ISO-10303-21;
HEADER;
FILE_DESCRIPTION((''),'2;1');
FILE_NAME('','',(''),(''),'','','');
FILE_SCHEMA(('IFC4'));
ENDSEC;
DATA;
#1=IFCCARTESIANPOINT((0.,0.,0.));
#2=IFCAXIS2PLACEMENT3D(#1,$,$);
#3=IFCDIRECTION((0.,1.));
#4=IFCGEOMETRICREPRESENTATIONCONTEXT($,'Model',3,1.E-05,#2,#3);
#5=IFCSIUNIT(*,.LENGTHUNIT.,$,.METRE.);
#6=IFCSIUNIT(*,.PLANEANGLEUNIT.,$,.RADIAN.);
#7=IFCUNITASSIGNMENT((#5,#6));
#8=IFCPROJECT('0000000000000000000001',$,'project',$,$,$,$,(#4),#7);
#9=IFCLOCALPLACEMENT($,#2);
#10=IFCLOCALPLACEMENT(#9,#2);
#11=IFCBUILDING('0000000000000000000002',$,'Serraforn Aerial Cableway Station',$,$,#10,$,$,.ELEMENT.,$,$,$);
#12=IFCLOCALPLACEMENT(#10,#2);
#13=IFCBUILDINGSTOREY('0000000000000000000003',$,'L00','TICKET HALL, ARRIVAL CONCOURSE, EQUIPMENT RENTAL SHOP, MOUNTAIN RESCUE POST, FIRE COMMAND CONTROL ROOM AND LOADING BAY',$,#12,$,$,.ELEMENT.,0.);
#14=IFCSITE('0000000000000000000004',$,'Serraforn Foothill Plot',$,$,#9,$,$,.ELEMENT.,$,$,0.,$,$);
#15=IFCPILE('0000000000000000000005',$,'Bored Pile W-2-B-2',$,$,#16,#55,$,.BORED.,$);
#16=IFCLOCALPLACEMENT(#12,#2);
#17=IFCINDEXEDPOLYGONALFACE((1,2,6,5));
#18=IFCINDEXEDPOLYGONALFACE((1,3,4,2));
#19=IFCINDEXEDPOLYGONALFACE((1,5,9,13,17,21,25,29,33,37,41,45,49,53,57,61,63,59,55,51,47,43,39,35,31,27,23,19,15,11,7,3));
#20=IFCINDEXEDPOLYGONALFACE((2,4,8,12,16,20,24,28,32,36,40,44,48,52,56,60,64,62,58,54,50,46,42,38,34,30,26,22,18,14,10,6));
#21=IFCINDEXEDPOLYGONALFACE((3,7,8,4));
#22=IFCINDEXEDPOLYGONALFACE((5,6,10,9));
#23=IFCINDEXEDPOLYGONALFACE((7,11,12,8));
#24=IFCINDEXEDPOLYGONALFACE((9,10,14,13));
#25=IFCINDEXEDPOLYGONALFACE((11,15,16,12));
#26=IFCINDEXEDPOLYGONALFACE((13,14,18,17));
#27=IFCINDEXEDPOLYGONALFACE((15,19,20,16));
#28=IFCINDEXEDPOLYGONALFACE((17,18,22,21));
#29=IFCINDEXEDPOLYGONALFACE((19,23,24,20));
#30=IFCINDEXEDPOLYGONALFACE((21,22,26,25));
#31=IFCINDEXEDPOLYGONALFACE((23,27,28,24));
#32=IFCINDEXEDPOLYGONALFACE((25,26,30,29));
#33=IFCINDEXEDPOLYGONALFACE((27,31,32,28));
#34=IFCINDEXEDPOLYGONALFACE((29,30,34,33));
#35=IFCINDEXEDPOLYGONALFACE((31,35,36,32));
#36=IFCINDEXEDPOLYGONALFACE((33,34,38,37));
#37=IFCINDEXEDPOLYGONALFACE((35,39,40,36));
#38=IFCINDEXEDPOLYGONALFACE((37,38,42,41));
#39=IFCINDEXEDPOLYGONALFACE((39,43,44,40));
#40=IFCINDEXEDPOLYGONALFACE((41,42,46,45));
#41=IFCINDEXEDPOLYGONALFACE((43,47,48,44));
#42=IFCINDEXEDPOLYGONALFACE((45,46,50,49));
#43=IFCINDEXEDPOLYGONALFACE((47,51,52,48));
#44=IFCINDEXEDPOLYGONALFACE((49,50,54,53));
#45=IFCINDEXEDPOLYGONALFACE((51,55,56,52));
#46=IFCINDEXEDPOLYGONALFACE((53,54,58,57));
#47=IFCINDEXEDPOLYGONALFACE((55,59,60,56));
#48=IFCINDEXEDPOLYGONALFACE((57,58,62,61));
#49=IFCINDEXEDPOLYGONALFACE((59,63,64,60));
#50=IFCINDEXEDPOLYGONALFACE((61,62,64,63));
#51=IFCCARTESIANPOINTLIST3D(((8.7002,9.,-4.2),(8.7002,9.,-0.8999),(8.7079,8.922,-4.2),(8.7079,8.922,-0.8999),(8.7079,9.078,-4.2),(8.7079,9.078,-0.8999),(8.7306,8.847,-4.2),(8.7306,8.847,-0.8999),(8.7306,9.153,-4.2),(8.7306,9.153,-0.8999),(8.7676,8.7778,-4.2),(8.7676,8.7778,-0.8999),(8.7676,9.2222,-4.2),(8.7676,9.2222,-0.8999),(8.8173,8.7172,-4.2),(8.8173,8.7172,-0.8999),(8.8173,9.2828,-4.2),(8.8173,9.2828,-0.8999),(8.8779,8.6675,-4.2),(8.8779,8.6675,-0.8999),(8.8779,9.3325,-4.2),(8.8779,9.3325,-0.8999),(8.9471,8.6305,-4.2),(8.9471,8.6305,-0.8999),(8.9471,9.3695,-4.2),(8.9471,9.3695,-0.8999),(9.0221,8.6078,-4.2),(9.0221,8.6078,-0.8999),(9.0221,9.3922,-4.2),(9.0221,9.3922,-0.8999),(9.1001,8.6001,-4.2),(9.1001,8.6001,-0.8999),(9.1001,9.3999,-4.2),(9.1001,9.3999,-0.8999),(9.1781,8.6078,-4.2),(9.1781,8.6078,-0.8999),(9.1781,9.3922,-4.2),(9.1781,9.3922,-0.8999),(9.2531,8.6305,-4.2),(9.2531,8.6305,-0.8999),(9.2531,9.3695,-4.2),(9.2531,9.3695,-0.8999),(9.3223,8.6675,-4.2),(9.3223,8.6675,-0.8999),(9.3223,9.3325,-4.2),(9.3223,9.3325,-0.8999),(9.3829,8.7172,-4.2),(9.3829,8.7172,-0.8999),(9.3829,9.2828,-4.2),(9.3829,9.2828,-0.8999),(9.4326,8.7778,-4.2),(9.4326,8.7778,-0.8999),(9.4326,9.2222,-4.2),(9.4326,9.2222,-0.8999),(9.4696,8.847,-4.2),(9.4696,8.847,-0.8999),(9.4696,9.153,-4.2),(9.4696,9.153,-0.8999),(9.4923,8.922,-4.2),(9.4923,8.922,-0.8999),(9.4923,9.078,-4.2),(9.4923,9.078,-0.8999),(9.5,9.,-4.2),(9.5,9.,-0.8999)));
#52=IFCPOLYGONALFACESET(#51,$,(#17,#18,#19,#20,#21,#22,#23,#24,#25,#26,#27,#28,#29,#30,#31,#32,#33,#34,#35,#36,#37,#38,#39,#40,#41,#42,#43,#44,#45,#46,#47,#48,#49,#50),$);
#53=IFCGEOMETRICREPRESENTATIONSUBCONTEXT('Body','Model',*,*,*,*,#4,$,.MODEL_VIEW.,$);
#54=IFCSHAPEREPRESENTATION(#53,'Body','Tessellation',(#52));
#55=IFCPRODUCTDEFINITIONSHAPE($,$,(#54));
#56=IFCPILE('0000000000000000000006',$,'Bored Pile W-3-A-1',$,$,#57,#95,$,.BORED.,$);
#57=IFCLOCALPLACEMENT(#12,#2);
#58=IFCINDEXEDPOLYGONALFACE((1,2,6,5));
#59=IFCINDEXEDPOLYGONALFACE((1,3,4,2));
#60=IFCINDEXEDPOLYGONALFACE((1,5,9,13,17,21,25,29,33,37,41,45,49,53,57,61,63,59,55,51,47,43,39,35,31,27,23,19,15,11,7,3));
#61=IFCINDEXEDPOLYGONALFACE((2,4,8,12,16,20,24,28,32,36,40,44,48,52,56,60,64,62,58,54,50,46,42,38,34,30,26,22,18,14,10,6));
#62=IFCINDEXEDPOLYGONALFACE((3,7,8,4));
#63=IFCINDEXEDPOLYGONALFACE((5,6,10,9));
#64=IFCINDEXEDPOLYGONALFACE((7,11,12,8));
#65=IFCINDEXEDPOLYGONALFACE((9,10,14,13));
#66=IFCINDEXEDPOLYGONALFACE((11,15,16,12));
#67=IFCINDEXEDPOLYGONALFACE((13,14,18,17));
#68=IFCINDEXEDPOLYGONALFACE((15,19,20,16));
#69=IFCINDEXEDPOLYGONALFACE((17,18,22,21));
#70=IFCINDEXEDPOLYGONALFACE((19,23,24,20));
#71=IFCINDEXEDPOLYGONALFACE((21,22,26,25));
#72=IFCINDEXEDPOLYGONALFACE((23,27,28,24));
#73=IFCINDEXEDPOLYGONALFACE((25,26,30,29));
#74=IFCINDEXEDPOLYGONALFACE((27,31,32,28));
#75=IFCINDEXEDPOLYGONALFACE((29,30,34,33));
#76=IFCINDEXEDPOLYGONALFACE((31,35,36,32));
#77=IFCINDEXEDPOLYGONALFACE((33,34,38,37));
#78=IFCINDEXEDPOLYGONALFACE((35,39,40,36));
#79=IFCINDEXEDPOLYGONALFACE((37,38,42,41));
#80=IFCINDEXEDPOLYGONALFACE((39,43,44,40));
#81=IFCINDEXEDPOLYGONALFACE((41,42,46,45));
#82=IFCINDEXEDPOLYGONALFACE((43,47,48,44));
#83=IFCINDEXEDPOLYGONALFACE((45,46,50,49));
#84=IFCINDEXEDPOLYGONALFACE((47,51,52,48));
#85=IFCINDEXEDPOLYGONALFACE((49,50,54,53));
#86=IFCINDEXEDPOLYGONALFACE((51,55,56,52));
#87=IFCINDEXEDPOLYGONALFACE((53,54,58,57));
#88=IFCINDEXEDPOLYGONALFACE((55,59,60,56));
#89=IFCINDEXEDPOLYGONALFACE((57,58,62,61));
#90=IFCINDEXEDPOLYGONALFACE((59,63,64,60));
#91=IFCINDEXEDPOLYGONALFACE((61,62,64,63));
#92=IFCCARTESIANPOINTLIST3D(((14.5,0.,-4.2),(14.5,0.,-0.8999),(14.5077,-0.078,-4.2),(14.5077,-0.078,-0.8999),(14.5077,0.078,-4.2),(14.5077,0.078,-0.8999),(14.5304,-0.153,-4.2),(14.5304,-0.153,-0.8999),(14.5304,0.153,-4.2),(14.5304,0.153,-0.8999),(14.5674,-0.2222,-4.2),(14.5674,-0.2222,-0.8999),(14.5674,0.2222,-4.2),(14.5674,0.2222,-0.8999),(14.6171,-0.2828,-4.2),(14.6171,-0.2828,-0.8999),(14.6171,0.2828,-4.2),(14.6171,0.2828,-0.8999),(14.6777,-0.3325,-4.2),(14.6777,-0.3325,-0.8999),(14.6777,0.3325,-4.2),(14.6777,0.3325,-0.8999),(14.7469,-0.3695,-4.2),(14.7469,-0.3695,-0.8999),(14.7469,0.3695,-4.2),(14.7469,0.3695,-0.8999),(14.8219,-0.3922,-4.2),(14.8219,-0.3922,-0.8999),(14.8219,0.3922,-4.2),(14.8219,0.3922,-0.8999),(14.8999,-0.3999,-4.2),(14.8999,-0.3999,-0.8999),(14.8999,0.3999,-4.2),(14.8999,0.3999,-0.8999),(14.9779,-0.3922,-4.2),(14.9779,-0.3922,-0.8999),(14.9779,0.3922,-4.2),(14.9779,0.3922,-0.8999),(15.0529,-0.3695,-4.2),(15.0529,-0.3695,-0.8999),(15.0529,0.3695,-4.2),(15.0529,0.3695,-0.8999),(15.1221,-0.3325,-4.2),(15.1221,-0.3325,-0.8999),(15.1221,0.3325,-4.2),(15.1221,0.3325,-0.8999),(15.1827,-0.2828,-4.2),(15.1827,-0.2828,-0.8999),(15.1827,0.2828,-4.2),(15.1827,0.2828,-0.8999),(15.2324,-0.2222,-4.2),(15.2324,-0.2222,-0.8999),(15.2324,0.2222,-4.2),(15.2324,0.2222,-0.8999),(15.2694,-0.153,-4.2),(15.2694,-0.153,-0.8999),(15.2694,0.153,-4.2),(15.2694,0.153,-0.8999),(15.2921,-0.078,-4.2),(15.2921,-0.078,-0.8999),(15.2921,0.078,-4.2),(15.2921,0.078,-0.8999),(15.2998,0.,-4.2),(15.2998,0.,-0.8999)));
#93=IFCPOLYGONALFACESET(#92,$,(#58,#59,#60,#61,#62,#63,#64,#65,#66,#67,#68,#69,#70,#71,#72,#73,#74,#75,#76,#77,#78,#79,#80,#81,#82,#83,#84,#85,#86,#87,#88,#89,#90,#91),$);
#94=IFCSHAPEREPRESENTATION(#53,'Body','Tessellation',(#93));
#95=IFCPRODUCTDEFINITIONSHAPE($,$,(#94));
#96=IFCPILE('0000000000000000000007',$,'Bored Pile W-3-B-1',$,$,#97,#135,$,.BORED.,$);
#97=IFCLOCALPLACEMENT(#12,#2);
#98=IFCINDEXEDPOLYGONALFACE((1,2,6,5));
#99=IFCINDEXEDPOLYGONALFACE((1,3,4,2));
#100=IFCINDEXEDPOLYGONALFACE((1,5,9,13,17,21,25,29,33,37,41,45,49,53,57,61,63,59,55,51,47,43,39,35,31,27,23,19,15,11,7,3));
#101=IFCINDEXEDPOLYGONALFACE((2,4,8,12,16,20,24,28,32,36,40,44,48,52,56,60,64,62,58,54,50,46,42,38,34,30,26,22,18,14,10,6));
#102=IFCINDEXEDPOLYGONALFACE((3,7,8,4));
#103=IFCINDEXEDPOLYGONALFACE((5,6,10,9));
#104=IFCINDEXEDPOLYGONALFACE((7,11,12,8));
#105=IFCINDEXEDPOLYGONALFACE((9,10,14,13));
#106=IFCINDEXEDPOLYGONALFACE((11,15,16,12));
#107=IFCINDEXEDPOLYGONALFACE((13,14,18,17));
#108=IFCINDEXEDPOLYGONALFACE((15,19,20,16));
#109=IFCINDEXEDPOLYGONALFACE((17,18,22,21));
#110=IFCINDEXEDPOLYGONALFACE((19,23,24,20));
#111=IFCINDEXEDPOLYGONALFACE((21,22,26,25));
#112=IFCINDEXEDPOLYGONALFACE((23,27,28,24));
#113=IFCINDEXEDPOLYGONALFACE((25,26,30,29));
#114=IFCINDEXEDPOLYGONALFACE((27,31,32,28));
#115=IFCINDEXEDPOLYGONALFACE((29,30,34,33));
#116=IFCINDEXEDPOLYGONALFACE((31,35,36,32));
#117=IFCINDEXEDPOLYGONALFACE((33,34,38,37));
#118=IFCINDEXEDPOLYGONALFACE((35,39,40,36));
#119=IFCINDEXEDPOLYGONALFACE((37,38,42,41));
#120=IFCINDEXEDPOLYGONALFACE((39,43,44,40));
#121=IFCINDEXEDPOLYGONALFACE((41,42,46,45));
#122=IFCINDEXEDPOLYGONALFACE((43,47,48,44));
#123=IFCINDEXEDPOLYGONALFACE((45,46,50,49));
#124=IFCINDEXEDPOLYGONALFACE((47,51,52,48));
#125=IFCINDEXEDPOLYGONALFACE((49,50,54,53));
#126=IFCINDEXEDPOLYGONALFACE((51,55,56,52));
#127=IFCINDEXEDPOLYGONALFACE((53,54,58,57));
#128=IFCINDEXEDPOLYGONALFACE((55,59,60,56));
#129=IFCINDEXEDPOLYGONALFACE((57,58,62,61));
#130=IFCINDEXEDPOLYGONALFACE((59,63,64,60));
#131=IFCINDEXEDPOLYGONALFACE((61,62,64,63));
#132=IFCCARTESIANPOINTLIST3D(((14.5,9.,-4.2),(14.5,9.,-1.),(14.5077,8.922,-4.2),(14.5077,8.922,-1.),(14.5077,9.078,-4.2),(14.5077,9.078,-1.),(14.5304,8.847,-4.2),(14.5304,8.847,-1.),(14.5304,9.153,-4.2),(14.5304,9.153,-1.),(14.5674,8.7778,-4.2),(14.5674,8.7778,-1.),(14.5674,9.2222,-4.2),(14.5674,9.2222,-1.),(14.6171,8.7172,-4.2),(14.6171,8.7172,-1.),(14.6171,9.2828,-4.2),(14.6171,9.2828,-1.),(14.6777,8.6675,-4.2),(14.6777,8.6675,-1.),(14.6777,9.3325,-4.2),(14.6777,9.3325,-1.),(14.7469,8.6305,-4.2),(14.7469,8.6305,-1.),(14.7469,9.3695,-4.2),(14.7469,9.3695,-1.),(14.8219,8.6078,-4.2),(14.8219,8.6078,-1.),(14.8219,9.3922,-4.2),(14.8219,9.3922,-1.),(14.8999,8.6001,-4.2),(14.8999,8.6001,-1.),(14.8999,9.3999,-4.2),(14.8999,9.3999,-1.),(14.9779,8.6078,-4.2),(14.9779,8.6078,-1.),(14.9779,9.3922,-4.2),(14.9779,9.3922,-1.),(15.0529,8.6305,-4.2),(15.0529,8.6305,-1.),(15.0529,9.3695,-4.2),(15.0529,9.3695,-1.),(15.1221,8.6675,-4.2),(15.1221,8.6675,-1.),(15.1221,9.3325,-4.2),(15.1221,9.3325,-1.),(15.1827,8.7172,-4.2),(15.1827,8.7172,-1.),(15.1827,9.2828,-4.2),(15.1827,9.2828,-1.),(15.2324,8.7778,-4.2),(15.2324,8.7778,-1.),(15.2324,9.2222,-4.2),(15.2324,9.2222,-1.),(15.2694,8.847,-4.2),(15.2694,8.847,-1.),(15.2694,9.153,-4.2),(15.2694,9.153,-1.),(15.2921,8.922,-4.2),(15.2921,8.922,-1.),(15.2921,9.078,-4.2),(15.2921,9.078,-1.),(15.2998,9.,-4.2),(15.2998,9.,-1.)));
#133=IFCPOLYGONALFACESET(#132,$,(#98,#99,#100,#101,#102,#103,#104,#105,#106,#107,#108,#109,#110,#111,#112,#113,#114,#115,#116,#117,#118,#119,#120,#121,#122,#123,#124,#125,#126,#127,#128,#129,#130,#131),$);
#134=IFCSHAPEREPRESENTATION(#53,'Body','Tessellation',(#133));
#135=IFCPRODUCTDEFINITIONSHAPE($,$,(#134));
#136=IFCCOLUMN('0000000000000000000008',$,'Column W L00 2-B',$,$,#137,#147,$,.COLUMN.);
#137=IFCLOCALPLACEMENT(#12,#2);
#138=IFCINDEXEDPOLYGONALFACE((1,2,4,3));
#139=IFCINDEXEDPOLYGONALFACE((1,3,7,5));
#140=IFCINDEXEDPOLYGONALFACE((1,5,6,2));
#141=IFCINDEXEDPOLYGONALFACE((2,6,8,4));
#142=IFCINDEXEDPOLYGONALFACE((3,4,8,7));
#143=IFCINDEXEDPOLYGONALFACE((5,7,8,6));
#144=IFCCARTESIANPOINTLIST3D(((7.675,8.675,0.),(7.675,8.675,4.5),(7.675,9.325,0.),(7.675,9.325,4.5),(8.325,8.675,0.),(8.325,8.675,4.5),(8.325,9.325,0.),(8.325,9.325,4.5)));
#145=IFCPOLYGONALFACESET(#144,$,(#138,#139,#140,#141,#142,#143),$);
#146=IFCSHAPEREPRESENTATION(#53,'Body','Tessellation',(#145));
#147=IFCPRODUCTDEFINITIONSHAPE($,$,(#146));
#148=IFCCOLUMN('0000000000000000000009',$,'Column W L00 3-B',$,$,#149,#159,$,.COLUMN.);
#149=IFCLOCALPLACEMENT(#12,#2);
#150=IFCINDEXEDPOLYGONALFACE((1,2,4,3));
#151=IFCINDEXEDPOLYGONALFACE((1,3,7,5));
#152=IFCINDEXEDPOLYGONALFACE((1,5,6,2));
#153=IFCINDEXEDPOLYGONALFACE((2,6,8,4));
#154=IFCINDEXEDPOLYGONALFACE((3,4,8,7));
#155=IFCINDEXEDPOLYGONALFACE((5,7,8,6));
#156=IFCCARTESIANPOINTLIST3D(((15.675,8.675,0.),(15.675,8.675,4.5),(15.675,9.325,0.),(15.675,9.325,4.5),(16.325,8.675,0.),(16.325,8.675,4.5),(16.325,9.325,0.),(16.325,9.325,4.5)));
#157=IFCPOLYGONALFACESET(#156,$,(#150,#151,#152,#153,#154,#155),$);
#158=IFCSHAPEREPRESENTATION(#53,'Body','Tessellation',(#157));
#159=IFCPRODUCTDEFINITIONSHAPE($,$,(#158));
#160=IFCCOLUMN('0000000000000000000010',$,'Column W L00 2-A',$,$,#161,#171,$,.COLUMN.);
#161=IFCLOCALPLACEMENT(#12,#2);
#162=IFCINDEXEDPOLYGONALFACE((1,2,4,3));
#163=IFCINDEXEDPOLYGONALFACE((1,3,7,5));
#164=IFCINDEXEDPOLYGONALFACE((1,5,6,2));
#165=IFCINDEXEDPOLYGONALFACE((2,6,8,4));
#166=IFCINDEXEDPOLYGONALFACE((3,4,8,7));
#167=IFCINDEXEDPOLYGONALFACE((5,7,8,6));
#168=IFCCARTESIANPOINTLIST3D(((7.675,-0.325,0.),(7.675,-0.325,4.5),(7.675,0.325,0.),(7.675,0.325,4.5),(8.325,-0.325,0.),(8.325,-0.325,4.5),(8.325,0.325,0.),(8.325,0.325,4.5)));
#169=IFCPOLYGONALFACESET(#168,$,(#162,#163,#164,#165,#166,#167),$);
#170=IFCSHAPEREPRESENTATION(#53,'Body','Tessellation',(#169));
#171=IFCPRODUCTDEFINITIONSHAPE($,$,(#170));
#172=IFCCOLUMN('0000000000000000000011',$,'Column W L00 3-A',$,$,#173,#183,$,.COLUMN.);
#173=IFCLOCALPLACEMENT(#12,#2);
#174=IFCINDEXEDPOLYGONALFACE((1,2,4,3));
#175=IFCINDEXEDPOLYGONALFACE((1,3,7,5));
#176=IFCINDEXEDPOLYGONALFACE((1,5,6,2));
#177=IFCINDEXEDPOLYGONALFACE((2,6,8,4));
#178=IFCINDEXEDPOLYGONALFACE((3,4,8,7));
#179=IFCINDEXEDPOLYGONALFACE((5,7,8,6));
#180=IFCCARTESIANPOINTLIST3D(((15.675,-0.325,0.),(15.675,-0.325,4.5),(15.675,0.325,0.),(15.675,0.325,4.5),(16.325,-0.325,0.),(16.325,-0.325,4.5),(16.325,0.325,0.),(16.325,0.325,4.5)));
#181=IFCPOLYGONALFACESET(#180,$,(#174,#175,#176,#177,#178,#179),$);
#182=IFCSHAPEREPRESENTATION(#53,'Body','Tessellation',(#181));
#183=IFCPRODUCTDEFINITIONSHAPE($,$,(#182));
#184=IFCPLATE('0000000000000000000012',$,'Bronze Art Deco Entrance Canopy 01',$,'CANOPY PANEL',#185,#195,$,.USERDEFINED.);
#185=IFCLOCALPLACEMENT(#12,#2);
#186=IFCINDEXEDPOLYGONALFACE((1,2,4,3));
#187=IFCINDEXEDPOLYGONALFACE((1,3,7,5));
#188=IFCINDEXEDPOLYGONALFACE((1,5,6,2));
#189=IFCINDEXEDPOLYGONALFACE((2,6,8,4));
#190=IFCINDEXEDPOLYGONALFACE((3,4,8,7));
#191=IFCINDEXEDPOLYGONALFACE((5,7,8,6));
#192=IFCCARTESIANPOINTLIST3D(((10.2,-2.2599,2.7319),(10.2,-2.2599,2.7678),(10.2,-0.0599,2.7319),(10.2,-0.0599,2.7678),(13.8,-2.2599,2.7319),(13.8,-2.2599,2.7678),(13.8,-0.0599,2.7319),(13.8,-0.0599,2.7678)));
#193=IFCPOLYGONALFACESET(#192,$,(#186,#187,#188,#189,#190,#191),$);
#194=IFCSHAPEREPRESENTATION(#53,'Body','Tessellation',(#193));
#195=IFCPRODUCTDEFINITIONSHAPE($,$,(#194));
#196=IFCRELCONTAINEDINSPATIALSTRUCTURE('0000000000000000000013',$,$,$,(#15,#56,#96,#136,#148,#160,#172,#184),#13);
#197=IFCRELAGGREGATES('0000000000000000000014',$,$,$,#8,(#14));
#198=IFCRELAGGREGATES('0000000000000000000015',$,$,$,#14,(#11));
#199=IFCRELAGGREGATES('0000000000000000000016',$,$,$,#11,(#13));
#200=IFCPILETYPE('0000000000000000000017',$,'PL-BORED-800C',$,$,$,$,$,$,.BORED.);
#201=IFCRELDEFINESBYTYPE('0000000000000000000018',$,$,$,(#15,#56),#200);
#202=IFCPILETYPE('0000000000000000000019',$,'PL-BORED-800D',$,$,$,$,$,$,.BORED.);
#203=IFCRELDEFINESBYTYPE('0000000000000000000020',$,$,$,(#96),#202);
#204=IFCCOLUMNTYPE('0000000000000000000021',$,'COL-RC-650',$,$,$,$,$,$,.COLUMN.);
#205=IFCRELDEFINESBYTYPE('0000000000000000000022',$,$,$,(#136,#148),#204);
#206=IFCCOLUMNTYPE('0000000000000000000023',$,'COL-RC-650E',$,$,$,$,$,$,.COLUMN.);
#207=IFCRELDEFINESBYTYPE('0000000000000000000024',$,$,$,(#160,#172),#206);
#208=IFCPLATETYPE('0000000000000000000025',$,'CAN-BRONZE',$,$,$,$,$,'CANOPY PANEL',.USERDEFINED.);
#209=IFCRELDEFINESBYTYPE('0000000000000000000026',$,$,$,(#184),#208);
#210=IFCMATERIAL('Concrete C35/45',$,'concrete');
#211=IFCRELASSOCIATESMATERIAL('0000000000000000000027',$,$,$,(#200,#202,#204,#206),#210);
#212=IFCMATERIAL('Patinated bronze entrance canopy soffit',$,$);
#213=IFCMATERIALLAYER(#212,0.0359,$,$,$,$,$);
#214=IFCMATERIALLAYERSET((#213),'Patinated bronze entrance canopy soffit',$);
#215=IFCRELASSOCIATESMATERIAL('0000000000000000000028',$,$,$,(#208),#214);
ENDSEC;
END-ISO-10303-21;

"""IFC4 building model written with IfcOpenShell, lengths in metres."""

from ifc_helpers import new_model, si_unit, direction, frame, origin, origin_2d, place, context, subcontext, project, spatial, rectangle, circle, extrude, material, layer, layer_set, material_profile, profile_set, type_object, element, save


model = new_model("IFC4")

# Units and contexts
model_context = context("Model", 3, precision=1e-05, world=origin(), true_north=direction((0.0, 1.0)))
body_context = subcontext(model_context, "Body", "Model", "MODEL_VIEW")
ifc_project = project(units=[si_unit("LENGTHUNIT", "METRE"), si_unit("PLANEANGLEUNIT", "RADIAN")], contexts=[model_context])

# Site, building, storey
site_placement = place(None, origin())
site = spatial("IfcSite", under=ifc_project, at=site_placement, Name="Serraforn Foothill Plot", CompositionType="ELEMENT", RefElevation=0.0)
building_placement = place(site_placement, origin())
building = spatial("IfcBuilding", under=site, at=building_placement, Name="Serraforn Aerial Cableway Station", CompositionType="ELEMENT")
storey_placement = place(building_placement, origin())
storey = spatial("IfcBuildingStorey", under=building, at=storey_placement, Name="L00", Description="TICKET HALL, ARRIVAL CONCOURSE, EQUIPMENT RENTAL SHOP, MOUNTAIN RESCUE POST, FIRE COMMAND CONTROL ROOM AND LOADING BAY", CompositionType="ELEMENT", Elevation=0.0)

# Shared definitions
ifc_material_1 = material(Name="Concrete C35/45", Category="concrete")

# Piles
ifc_material_profile_1 = material_profile(ifc_material_1, circle(Radius=0.3999, at=origin_2d()), Name="BORED PILE D800")
ifc_profile_set_1 = profile_set([ifc_material_profile_1], Name="Concrete C35/45")
pile_type_1 = type_object("IfcPileType", Name="PL-BORED-800C", PredefinedType="BORED", material=ifc_profile_set_1)
for number, where, z_axis, x_axis, name in (
    (1, (9.1001, 9.0, -0.8999), (0.0, 0.0, -1.0), (1.0, 0.0, 0.0), "Bored Pile W-2-B-2"),
    (2, (14.8999, 0.0, -0.8999), (0.0, 0.0, -1.0), (1.0, 0.0, 0.0), "Bored Pile W-3-A-1"),
):
    element("IfcPile", number, at=place(storey_placement, frame(where, z_axis=z_axis, x_axis=x_axis)), inside=storey, type_object=pile_type_1, Name=name, PredefinedType="BORED", context=body_context, shape_type="SweptSolid", body=[
        extrude(circle(Radius=0.3999, at=origin_2d()), origin(), (0.0, 0.0, 1.0), 3.3),
    ])
ifc_material_profile_2 = material_profile(ifc_material_1, circle(Radius=0.3999, at=origin_2d()), Name="BORED PILE D800")
ifc_profile_set_2 = profile_set([ifc_material_profile_2], Name="Concrete C35/45")
pile_type_2 = type_object("IfcPileType", Name="PL-BORED-800D", PredefinedType="BORED", material=ifc_profile_set_2)
pile_placement = place(storey_placement, frame((14.8999, 9.0, -1.0), z_axis=(0.0, 0.0, -1.0), x_axis=(1.0, 0.0, 0.0)))
element("IfcPile", 3, at=pile_placement, inside=storey, type_object=pile_type_2, Name="Bored Pile W-3-B-1", PredefinedType="BORED", context=body_context, shape_type="SweptSolid", body=[
    extrude(circle(Radius=0.3999, at=origin_2d()), origin(), (0.0, 0.0, 1.0), 3.2),
])

# Columns
ifc_material_profile_3 = material_profile(ifc_material_1, rectangle(XDim=0.6499, YDim=0.6499, at=origin_2d()), Name="RC 650x650")
ifc_profile_set_3 = profile_set([ifc_material_profile_3], Name="Concrete C35/45")
column_type_1 = type_object("IfcColumnType", Name="COL-RC-650", PredefinedType="COLUMN", material=ifc_profile_set_3)
for number, where, z_axis, x_axis, name in (
    (4, (8.0, 9.0, 0.0), (0.0, 0.0, 1.0), (1.0, 0.0, 0.0), "Column W L00 2-B"),
    (5, (16.0, 9.0, 0.0), (0.0, 0.0, 1.0), (1.0, 0.0, 0.0), "Column W L00 3-B"),
):
    element("IfcColumn", number, at=place(storey_placement, frame(where, z_axis=z_axis, x_axis=x_axis)), inside=storey, type_object=column_type_1, Name=name, PredefinedType="COLUMN", context=body_context, shape_type="SweptSolid", body=[
        extrude(rectangle(XDim=0.6499, YDim=0.6499, at=origin_2d()), origin(), (0.0, 0.0, 1.0), 4.5),
    ])
ifc_material_profile_4 = material_profile(ifc_material_1, rectangle(XDim=0.6499, YDim=0.6499, at=origin_2d()), Name="RC 650x650")
ifc_profile_set_4 = profile_set([ifc_material_profile_4], Name="Concrete C35/45")
column_type_2 = type_object("IfcColumnType", Name="COL-RC-650E", PredefinedType="COLUMN", material=ifc_profile_set_4)
for number, where, z_axis, x_axis, name in (
    (6, (8.0, 0.0, 0.0), (0.0, 0.0, 1.0), (1.0, 0.0, 0.0), "Column W L00 2-A"),
    (7, (16.0, 0.0, 0.0), (0.0, 0.0, 1.0), (1.0, 0.0, 0.0), "Column W L00 3-A"),
):
    element("IfcColumn", number, at=place(storey_placement, frame(where, z_axis=z_axis, x_axis=x_axis)), inside=storey, type_object=column_type_2, Name=name, PredefinedType="COLUMN", context=body_context, shape_type="SweptSolid", body=[
        extrude(rectangle(XDim=0.6499, YDim=0.6499, at=origin_2d()), origin(), (0.0, 0.0, 1.0), 4.5),
    ])

# Plate
ifc_material_2 = material(Name="Patinated bronze entrance canopy soffit")
ifc_layer_1 = layer(ifc_material_2, 0.0359)
ifc_layer_set_1 = layer_set([ifc_layer_1], Name="Patinated bronze entrance canopy soffit")
plate_type = type_object("IfcPlateType", Name="CAN-BRONZE", ElementType="CANOPY PANEL", PredefinedType="USERDEFINED", material=ifc_layer_set_1)
plate_placement = place(storey_placement, frame((12.0, -1.1599, 2.7319), z_axis=(0.0, 0.0, 1.0), x_axis=(1.0, 0.0, 0.0)))
element("IfcPlate", 8, at=plate_placement, inside=storey, type_object=plate_type, Name="Bronze Art Deco Entrance Canopy 01", ObjectType="CANOPY PANEL", PredefinedType="USERDEFINED", context=body_context, shape_type="SweptSolid", body=[
    extrude(rectangle(XDim=3.6001, YDim=2.2, at=origin_2d()), origin(), (0.0, 0.0, 1.0), 0.0359),
])

save(model, "model.ifc")
